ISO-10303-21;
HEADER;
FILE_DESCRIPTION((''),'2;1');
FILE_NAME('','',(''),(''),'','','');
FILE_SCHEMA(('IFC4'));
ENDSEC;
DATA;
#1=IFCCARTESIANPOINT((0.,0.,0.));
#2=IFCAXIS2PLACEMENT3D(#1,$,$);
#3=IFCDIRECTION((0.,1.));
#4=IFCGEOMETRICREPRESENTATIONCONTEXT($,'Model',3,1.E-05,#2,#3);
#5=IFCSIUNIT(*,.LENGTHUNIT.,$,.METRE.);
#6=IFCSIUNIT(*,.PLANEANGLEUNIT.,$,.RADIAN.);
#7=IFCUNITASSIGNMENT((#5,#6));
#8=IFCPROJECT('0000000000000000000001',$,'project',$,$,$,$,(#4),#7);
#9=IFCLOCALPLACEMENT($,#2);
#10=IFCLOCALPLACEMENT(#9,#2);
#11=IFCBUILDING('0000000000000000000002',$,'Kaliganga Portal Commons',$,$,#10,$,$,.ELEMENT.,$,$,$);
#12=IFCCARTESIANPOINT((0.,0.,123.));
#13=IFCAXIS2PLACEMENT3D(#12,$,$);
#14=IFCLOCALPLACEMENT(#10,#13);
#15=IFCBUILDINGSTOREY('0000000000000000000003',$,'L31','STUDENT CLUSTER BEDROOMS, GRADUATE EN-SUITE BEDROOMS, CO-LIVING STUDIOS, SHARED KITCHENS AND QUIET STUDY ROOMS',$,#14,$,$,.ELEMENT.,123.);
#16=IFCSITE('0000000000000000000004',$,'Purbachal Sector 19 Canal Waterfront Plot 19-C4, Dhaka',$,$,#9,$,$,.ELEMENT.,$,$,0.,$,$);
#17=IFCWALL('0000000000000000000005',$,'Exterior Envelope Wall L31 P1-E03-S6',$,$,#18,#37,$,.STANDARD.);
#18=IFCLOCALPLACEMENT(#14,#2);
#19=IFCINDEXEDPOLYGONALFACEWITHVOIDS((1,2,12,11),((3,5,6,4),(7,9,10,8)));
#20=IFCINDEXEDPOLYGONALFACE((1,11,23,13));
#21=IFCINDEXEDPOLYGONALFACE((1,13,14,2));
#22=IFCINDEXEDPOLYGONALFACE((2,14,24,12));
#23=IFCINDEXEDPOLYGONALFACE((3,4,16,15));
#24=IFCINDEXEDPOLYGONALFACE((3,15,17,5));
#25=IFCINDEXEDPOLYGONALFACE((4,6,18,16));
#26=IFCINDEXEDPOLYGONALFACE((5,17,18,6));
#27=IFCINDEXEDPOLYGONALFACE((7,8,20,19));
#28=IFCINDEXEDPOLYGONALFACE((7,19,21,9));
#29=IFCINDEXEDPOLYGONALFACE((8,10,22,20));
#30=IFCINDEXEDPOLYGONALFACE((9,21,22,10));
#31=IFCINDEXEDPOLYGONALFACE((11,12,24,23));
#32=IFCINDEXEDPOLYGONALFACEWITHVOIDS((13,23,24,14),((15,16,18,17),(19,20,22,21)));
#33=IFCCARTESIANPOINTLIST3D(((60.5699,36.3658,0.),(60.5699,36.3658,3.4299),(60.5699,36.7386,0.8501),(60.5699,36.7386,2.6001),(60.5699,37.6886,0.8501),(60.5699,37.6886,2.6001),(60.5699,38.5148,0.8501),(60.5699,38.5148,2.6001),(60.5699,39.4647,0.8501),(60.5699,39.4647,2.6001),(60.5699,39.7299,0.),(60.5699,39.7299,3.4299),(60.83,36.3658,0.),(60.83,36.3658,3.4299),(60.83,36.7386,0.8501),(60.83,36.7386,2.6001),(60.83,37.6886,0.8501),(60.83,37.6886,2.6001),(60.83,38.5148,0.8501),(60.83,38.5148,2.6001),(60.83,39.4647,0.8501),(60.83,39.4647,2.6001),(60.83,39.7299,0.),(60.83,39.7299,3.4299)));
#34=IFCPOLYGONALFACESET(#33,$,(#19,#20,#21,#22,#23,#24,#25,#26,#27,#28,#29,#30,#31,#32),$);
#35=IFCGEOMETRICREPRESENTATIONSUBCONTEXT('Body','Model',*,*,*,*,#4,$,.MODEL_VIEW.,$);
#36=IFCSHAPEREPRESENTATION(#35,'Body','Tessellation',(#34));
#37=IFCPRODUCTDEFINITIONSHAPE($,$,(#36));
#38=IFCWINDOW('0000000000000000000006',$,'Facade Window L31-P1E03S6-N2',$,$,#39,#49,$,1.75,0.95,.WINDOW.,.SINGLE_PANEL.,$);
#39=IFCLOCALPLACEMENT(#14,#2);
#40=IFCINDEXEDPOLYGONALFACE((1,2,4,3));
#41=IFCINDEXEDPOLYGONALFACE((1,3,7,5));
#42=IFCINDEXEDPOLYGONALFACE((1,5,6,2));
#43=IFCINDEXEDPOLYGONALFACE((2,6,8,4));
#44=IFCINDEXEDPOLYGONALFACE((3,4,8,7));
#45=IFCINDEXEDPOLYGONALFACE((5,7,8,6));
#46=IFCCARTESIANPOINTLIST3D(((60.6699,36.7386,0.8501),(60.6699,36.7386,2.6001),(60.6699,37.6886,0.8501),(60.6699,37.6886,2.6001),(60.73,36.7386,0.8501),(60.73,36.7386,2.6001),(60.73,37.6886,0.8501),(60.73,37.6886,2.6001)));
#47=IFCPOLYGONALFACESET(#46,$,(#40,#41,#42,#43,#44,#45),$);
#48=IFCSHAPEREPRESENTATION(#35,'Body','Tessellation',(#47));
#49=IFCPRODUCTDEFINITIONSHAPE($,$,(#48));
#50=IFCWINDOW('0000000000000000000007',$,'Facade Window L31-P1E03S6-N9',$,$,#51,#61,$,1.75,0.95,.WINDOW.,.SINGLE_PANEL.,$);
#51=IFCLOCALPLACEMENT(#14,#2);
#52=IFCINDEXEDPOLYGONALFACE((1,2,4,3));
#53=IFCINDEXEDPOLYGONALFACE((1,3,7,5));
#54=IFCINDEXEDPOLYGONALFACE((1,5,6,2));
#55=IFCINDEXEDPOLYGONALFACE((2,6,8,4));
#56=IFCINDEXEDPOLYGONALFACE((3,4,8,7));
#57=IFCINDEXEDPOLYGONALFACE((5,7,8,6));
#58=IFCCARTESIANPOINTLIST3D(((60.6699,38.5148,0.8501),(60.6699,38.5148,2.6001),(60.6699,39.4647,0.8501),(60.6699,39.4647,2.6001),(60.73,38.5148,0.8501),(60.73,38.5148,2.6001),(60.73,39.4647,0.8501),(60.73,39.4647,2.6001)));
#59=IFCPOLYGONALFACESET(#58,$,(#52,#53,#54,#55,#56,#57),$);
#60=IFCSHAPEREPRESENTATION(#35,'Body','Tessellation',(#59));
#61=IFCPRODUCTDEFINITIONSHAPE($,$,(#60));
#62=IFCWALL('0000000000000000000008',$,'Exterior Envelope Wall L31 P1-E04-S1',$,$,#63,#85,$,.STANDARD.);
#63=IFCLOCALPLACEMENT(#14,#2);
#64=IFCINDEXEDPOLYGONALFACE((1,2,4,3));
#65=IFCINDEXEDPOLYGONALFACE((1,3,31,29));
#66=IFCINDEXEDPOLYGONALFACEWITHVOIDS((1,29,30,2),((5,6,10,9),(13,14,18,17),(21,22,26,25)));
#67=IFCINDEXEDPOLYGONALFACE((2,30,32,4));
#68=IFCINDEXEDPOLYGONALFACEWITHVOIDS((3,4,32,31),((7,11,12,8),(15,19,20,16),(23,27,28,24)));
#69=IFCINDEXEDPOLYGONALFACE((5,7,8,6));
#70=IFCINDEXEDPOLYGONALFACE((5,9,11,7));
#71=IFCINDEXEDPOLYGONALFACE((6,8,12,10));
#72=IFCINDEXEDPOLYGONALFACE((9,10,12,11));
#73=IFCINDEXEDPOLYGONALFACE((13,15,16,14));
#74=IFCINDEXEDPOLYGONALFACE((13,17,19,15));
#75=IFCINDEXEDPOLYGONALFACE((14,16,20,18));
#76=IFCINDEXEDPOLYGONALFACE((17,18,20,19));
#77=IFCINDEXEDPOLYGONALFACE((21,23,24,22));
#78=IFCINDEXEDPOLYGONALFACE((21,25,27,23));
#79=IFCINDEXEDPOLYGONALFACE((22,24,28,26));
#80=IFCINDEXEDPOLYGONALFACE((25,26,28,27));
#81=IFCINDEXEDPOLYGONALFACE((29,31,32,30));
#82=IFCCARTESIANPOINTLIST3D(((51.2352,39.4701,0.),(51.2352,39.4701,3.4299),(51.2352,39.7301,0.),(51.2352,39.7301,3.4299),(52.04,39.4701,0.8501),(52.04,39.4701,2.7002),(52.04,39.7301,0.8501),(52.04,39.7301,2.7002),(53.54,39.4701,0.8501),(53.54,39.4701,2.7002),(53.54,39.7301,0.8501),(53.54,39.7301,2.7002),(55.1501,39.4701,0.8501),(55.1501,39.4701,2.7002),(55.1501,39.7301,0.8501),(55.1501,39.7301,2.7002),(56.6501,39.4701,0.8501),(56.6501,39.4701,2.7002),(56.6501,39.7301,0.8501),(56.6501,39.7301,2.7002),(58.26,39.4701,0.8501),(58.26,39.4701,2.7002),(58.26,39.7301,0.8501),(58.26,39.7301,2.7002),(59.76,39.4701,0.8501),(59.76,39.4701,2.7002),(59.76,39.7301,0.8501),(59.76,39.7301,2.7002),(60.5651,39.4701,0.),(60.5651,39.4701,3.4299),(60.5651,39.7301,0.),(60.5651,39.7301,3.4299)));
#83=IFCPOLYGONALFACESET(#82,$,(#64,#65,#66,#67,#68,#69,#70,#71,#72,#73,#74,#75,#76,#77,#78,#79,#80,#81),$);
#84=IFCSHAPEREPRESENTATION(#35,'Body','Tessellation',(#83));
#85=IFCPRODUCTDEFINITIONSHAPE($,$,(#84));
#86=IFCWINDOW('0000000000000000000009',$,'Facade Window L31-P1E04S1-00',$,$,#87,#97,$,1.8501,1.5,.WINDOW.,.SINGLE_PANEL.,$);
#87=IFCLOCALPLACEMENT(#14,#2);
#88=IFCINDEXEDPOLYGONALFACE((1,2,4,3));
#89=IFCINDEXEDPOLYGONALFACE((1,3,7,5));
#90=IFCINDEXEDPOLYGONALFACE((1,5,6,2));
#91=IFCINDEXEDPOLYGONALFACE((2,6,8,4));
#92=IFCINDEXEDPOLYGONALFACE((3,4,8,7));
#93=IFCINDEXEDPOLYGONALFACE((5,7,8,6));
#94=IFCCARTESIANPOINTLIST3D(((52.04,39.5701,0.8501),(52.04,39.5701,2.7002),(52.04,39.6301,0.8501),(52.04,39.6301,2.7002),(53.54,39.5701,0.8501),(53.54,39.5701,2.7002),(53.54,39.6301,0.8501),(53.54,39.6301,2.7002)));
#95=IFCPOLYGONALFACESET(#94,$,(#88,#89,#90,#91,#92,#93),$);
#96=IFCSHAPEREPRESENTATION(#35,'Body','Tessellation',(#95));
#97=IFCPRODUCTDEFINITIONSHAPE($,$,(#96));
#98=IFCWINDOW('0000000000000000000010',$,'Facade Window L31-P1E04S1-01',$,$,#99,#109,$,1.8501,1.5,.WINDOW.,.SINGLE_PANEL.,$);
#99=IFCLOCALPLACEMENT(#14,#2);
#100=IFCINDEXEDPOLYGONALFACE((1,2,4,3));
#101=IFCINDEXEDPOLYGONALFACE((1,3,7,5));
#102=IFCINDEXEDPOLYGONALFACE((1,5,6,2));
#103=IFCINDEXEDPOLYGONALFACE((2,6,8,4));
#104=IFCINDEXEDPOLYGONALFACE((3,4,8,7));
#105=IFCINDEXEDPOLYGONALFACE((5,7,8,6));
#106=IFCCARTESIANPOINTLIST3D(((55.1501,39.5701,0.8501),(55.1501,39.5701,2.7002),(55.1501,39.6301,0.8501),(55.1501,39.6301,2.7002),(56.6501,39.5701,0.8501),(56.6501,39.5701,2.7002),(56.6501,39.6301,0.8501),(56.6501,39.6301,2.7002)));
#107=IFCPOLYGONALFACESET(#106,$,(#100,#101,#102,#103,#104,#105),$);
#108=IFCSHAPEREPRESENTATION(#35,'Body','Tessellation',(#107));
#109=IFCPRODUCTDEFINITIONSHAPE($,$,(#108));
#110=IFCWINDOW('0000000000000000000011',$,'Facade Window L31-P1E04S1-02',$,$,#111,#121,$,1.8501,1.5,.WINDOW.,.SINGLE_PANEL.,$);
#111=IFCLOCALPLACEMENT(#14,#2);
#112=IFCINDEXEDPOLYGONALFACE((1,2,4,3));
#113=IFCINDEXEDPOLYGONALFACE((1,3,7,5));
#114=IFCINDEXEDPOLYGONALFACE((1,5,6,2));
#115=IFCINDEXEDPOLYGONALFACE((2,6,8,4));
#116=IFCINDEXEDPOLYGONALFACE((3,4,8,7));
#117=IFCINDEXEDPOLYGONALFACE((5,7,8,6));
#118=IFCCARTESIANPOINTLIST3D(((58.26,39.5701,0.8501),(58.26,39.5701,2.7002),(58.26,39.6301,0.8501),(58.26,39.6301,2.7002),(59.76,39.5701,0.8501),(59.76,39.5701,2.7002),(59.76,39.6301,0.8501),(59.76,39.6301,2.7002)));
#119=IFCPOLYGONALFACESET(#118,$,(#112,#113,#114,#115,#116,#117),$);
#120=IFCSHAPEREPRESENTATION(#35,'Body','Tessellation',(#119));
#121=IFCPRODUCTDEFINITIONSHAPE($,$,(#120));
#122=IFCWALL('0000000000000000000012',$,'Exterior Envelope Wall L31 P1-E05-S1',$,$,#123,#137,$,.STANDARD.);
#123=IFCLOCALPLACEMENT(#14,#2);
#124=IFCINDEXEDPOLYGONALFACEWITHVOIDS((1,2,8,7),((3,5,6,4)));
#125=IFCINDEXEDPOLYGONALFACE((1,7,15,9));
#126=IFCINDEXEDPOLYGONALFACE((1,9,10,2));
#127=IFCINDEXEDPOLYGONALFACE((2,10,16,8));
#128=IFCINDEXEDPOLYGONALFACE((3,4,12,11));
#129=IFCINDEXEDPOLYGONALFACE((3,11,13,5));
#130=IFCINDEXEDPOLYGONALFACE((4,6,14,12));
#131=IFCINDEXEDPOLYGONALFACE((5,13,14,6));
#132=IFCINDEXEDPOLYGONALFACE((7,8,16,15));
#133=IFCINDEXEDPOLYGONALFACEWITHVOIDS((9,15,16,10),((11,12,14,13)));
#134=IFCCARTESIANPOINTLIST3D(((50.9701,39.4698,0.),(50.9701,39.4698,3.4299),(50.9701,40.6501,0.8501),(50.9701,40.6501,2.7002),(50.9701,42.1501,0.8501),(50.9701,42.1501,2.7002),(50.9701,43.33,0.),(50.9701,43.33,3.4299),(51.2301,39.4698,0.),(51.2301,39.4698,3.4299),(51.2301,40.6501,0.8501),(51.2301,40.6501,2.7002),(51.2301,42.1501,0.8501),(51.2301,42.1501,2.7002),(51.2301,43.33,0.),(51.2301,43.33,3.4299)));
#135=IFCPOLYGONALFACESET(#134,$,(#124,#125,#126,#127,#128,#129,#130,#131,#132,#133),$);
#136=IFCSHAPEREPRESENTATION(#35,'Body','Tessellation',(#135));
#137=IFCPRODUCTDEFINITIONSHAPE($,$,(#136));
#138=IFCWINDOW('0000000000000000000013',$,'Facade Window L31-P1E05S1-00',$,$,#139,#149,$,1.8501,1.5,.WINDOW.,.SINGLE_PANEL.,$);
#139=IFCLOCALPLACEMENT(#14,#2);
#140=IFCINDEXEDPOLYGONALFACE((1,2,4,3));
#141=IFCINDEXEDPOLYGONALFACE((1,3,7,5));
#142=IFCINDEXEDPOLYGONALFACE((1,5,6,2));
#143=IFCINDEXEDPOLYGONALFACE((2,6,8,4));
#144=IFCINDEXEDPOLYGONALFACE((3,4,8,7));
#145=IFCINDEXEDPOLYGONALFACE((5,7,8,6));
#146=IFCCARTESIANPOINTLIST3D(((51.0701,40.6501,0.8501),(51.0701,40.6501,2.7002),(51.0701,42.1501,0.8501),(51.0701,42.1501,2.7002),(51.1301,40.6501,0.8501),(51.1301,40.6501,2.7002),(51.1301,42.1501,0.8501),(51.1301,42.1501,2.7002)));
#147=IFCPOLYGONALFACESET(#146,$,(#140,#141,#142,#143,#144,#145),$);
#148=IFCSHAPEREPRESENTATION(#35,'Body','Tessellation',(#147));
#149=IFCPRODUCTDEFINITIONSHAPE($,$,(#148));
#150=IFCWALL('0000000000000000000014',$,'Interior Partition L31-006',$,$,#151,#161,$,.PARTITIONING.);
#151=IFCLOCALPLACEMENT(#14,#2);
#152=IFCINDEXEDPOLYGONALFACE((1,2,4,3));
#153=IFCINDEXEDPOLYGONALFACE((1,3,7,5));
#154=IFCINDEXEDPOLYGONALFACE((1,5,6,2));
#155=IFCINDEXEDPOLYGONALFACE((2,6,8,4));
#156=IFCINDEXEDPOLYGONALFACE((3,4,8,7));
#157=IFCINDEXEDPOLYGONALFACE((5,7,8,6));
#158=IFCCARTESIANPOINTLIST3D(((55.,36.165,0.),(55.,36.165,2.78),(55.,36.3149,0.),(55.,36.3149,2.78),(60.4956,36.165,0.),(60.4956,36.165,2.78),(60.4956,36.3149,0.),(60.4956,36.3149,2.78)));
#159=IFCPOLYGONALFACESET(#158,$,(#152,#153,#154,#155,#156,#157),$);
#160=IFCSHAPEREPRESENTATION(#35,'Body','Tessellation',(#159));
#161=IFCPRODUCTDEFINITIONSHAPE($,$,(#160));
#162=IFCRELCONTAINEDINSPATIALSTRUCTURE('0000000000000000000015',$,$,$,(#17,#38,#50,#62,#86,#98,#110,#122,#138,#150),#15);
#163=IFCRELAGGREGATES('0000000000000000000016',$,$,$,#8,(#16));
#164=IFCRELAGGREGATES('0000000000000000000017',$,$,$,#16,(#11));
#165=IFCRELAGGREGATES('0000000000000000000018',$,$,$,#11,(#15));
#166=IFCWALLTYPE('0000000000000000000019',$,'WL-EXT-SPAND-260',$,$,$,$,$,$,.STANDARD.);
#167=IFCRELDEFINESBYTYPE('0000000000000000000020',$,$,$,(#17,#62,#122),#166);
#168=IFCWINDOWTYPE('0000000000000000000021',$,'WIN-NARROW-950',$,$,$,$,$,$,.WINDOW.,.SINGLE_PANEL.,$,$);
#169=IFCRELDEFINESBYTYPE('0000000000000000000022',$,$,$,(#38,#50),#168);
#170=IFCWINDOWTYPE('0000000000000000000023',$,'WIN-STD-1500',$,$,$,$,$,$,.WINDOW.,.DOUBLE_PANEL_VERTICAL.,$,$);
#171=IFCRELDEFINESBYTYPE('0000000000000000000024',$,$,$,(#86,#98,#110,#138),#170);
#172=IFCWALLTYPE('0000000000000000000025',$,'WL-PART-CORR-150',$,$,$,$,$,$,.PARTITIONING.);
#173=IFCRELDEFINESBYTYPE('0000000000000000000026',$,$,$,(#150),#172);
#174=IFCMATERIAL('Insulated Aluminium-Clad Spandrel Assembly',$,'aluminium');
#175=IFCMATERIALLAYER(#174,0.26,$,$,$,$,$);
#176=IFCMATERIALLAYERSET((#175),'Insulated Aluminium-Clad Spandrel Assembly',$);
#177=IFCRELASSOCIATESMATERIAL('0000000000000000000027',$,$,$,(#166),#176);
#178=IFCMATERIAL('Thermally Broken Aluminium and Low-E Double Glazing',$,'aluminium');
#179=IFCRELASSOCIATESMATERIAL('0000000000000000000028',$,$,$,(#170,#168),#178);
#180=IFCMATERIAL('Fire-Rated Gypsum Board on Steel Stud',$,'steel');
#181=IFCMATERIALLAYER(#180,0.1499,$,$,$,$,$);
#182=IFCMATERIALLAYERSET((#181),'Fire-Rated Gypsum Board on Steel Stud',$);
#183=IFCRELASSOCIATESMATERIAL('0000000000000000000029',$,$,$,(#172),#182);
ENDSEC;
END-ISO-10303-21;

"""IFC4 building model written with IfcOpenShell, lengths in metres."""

from ifc_helpers import new_model, si_unit, direction, frame, frame_2d, origin, place, context, subcontext, project, spatial, rectangle, extrude, material, layer, layer_set, type_object, element, fill, save


model = new_model("IFC4")

# Units and contexts
model_context = context("Model", 3, precision=1e-05, world=origin(), true_north=direction((0.0, 1.0)))
body_context = subcontext(model_context, "Body", "Model", "MODEL_VIEW")
ifc_project = project(units=[si_unit("LENGTHUNIT", "METRE"), si_unit("PLANEANGLEUNIT", "RADIAN")], contexts=[model_context])

# Site, building, storey
site_placement = place(None, origin())
site = spatial("IfcSite", under=ifc_project, at=site_placement, Name="Purbachal Sector 19 Canal Waterfront Plot 19-C4, Dhaka", CompositionType="ELEMENT", RefElevation=0.0)
building_placement = place(site_placement, origin())
building = spatial("IfcBuilding", under=site, at=building_placement, Name="Kaliganga Portal Commons", CompositionType="ELEMENT")
storey_placement = place(building_placement, frame((0.0, 0.0, 123.0)))
storey = spatial("IfcBuildingStorey", under=building, at=storey_placement, Name="L31", Description="STUDENT CLUSTER BEDROOMS, GRADUATE EN-SUITE BEDROOMS, CO-LIVING STUDIOS, SHARED KITCHENS AND QUIET STUDY ROOMS", CompositionType="ELEMENT", Elevation=123.0)

# Walls, openings, windows
ifc_material_1 = material(Name="Insulated Aluminium-Clad Spandrel Assembly", Category="aluminium")
ifc_layer_1 = layer(ifc_material_1, 0.26)
ifc_layer_set_1 = layer_set([ifc_layer_1], Name="Insulated Aluminium-Clad Spandrel Assembly")
wall_type_1 = type_object("IfcWallType", Name="WL-EXT-SPAND-260", PredefinedType="STANDARD", material=ifc_layer_set_1)
ifc_material_2 = material(Name="Thermally Broken Aluminium and Low-E Double Glazing", Category="aluminium")
window_type_1 = type_object("IfcWindowType", Name="WIN-STD-1500", PartitioningType="DOUBLE_PANEL_VERTICAL", PredefinedType="WINDOW", material=ifc_material_2)
wall_1_placement = place(storey_placement, frame((60.7, 39.73, 0.0), z_axis=(0.0, 0.0, 1.0), x_axis=(0.0, -1.0, 0.0)))
wall_1 = element("IfcWall", 1, at=wall_1_placement, inside=storey, type_object=wall_type_1, Name="Exterior Envelope Wall L31 P1-E03-S6", PredefinedType="STANDARD", context=body_context, shape_type="SweptSolid", body=[
    extrude(rectangle(XDim=3.364, YDim=0.26, at=frame_2d((1.6821, 0.0))), origin(), (0.0, 0.0, 1.0), 3.4299),
])
opening_1_placement = place(wall_1_placement, frame((2.0413, 0.0, 0.8501)))
opening_1 = element("IfcOpeningElement", 2, at=opening_1_placement, cuts=wall_1, PredefinedType="OPENING", context=body_context, shape_type="SweptSolid", body=[
    extrude(rectangle(XDim=0.95, YDim=1.75, at=frame_2d((0.4751, 0.875))), frame((0.0, 0.1401, 0.0), z_axis=(0.0, -1.0, 0.0), x_axis=(1.0, 0.0, 0.0)), (0.0, 0.0, 1.0), 0.28),
])
opening_2_placement = place(wall_1_placement, frame((0.2651, 0.0, 0.8501)))
opening_2 = element("IfcOpeningElement", 3, at=opening_2_placement, cuts=wall_1, PredefinedType="OPENING", context=body_context, shape_type="SweptSolid", body=[
    extrude(rectangle(XDim=0.95, YDim=1.75, at=frame_2d((0.4751, 0.875))), frame((0.0, 0.1401, 0.0), z_axis=(0.0, -1.0, 0.0), x_axis=(1.0, 0.0, 0.0)), (0.0, 0.0, 1.0), 0.28),
])
window_type_2 = type_object("IfcWindowType", Name="WIN-NARROW-950", PartitioningType="SINGLE_PANEL", PredefinedType="WINDOW", material=ifc_material_2)
window_1_placement = place(opening_1_placement, origin())
window_1 = element("IfcWindow", 4, at=window_1_placement, inside=storey, type_object=window_type_2, Name="Facade Window L31-P1E03S6-N2", OverallHeight=1.75, OverallWidth=0.95, PartitioningType="SINGLE_PANEL", PredefinedType="WINDOW", context=body_context, shape_type="SweptSolid", body=[
    extrude(rectangle(XDim=0.95, YDim=1.75, at=frame_2d((0.4751, 0.875))), frame((0.0, 0.03, 0.0), z_axis=(0.0, -1.0, 0.0), x_axis=(1.0, 0.0, 0.0)), (0.0, 0.0, 1.0), 0.0601),
])
fill(opening_1, window_1)
window_2_placement = place(opening_2_placement, origin())
window_2 = element("IfcWindow", 5, at=window_2_placement, inside=storey, type_object=window_type_2, Name="Facade Window L31-P1E03S6-N9", OverallHeight=1.75, OverallWidth=0.95, PartitioningType="SINGLE_PANEL", PredefinedType="WINDOW", context=body_context, shape_type="SweptSolid", body=[
    extrude(rectangle(XDim=0.95, YDim=1.75, at=frame_2d((0.4751, 0.875))), frame((0.0, 0.03, 0.0), z_axis=(0.0, -1.0, 0.0), x_axis=(1.0, 0.0, 0.0)), (0.0, 0.0, 1.0), 0.0601),
])
fill(opening_2, window_2)
wall_2_placement = place(storey_placement, frame((51.2351, 39.6001, 0.0), z_axis=(0.0, 0.0, 1.0), x_axis=(1.0, 0.0, 0.0)))
wall_2 = element("IfcWall", 6, at=wall_2_placement, inside=storey, type_object=wall_type_1, Name="Exterior Envelope Wall L31 P1-E04-S1", PredefinedType="STANDARD", context=body_context, shape_type="SweptSolid", body=[
    extrude(rectangle(XDim=9.3298, YDim=0.26, at=frame_2d((4.665, 0.0))), origin(), (0.0, 0.0, 1.0), 3.4299),
])
opening_3_placement = place(wall_2_placement, frame((0.8049, 0.0, 0.8501)))
opening_3 = element("IfcOpeningElement", 7, at=opening_3_placement, cuts=wall_2, PredefinedType="OPENING", context=body_context, shape_type="SweptSolid", body=[
    extrude(rectangle(XDim=1.5, YDim=1.8501, at=frame_2d((0.75, 0.925))), frame((0.0, 0.1401, 0.0), z_axis=(0.0, -1.0, 0.0), x_axis=(1.0, 0.0, 0.0)), (0.0, 0.0, 1.0), 0.28),
])
opening_4_placement = place(wall_2_placement, frame((3.915, 0.0, 0.8501)))
opening_4 = element("IfcOpeningElement", 8, at=opening_4_placement, cuts=wall_2, PredefinedType="OPENING", context=body_context, shape_type="SweptSolid", body=[
    extrude(rectangle(XDim=1.5, YDim=1.8501, at=frame_2d((0.75, 0.925))), frame((0.0, 0.1401, 0.0), z_axis=(0.0, -1.0, 0.0), x_axis=(1.0, 0.0, 0.0)), (0.0, 0.0, 1.0), 0.28),
])
opening_5_placement = place(wall_2_placement, frame((7.0249, 0.0, 0.8501)))
opening_5 = element("IfcOpeningElement", 9, at=opening_5_placement, cuts=wall_2, PredefinedType="OPENING", context=body_context, shape_type="SweptSolid", body=[
    extrude(rectangle(XDim=1.5, YDim=1.8501, at=frame_2d((0.75, 0.925))), frame((0.0, 0.1401, 0.0), z_axis=(0.0, -1.0, 0.0), x_axis=(1.0, 0.0, 0.0)), (0.0, 0.0, 1.0), 0.28),
])
window_3_placement = place(opening_3_placement, origin())
window_3 = element("IfcWindow", 10, at=window_3_placement, inside=storey, type_object=window_type_1, Name="Facade Window L31-P1E04S1-00", OverallHeight=1.8501, OverallWidth=1.5, PartitioningType="SINGLE_PANEL", PredefinedType="WINDOW", context=body_context, shape_type="SweptSolid", body=[
    extrude(rectangle(XDim=1.5, YDim=1.8501, at=frame_2d((0.75, 0.925))), frame((0.0, 0.03, 0.0), z_axis=(0.0, -1.0, 0.0), x_axis=(1.0, 0.0, 0.0)), (0.0, 0.0, 1.0), 0.0601),
])
fill(opening_3, window_3)
window_4_placement = place(opening_4_placement, origin())
window_4 = element("IfcWindow", 11, at=window_4_placement, inside=storey, type_object=window_type_1, Name="Facade Window L31-P1E04S1-01", OverallHeight=1.8501, OverallWidth=1.5, PartitioningType="SINGLE_PANEL", PredefinedType="WINDOW", context=body_context, shape_type="SweptSolid", body=[
    extrude(rectangle(XDim=1.5, YDim=1.8501, at=frame_2d((0.75, 0.925))), frame((0.0, 0.03, 0.0), z_axis=(0.0, -1.0, 0.0), x_axis=(1.0, 0.0, 0.0)), (0.0, 0.0, 1.0), 0.0601),
])
fill(opening_4, window_4)
window_5_placement = place(opening_5_placement, origin())
window_5 = element("IfcWindow", 12, at=window_5_placement, inside=storey, type_object=window_type_1, Name="Facade Window L31-P1E04S1-02", OverallHeight=1.8501, OverallWidth=1.5, PartitioningType="SINGLE_PANEL", PredefinedType="WINDOW", context=body_context, shape_type="SweptSolid", body=[
    extrude(rectangle(XDim=1.5, YDim=1.8501, at=frame_2d((0.75, 0.925))), frame((0.0, 0.03, 0.0), z_axis=(0.0, -1.0, 0.0), x_axis=(1.0, 0.0, 0.0)), (0.0, 0.0, 1.0), 0.0601),
])
fill(opening_5, window_5)

# Wall, opening, window
wall_3_placement = place(storey_placement, frame((51.1001, 43.3301, 0.0), z_axis=(0.0, 0.0, 1.0), x_axis=(0.0, -1.0, 0.0)))
wall_3 = element("IfcWall", 13, at=wall_3_placement, inside=storey, type_object=wall_type_1, Name="Exterior Envelope Wall L31 P1-E05-S1", PredefinedType="STANDARD", context=body_context, shape_type="SweptSolid", body=[
    extrude(rectangle(XDim=3.8601, YDim=0.26, at=frame_2d((1.9302, 0.0))), origin(), (0.0, 0.0, 1.0), 3.4299),
])
opening_6_placement = place(wall_3_placement, frame((1.1799, 0.0, 0.8501)))
opening_6 = element("IfcOpeningElement", 14, at=opening_6_placement, cuts=wall_3, PredefinedType="OPENING", context=body_context, shape_type="SweptSolid", body=[
    extrude(rectangle(XDim=1.5, YDim=1.8501, at=frame_2d((0.75, 0.925))), frame((0.0, 0.1401, 0.0), z_axis=(0.0, -1.0, 0.0), x_axis=(1.0, 0.0, 0.0)), (0.0, 0.0, 1.0), 0.28),
])
window_6_placement = place(opening_6_placement, origin())
window_6 = element("IfcWindow", 15, at=window_6_placement, inside=storey, type_object=window_type_1, Name="Facade Window L31-P1E05S1-00", OverallHeight=1.8501, OverallWidth=1.5, PartitioningType="SINGLE_PANEL", PredefinedType="WINDOW", context=body_context, shape_type="SweptSolid", body=[
    extrude(rectangle(XDim=1.5, YDim=1.8501, at=frame_2d((0.75, 0.925))), frame((0.0, 0.03, 0.0), z_axis=(0.0, -1.0, 0.0), x_axis=(1.0, 0.0, 0.0)), (0.0, 0.0, 1.0), 0.0601),
])
fill(opening_6, window_6)

# Shared definitions
ifc_material_3 = material(Name="Fire-Rated Gypsum Board on Steel Stud", Category="steel")
ifc_layer_2 = layer(ifc_material_3, 0.1499)
ifc_layer_set_2 = layer_set([ifc_layer_2], Name="Fire-Rated Gypsum Board on Steel Stud")
wall_type_2 = type_object("IfcWallType", Name="WL-PART-CORR-150", PredefinedType="PARTITIONING", material=ifc_layer_set_2)

# Wall
wall_4_placement = place(storey_placement, frame((55.0, 36.24, 0.0), z_axis=(0.0, 0.0, 1.0), x_axis=(1.0, 0.0, 0.0)))
element("IfcWall", 16, at=wall_4_placement, inside=storey, type_object=wall_type_2, Name="Interior Partition L31-006", PredefinedType="PARTITIONING", context=body_context, shape_type="SweptSolid", body=[
    extrude(rectangle(XDim=5.4956, YDim=0.1499, at=frame_2d((2.7478, 0.0))), origin(), (0.0, 0.0, 1.0), 2.78),
])

save(model, "model.ifc")
